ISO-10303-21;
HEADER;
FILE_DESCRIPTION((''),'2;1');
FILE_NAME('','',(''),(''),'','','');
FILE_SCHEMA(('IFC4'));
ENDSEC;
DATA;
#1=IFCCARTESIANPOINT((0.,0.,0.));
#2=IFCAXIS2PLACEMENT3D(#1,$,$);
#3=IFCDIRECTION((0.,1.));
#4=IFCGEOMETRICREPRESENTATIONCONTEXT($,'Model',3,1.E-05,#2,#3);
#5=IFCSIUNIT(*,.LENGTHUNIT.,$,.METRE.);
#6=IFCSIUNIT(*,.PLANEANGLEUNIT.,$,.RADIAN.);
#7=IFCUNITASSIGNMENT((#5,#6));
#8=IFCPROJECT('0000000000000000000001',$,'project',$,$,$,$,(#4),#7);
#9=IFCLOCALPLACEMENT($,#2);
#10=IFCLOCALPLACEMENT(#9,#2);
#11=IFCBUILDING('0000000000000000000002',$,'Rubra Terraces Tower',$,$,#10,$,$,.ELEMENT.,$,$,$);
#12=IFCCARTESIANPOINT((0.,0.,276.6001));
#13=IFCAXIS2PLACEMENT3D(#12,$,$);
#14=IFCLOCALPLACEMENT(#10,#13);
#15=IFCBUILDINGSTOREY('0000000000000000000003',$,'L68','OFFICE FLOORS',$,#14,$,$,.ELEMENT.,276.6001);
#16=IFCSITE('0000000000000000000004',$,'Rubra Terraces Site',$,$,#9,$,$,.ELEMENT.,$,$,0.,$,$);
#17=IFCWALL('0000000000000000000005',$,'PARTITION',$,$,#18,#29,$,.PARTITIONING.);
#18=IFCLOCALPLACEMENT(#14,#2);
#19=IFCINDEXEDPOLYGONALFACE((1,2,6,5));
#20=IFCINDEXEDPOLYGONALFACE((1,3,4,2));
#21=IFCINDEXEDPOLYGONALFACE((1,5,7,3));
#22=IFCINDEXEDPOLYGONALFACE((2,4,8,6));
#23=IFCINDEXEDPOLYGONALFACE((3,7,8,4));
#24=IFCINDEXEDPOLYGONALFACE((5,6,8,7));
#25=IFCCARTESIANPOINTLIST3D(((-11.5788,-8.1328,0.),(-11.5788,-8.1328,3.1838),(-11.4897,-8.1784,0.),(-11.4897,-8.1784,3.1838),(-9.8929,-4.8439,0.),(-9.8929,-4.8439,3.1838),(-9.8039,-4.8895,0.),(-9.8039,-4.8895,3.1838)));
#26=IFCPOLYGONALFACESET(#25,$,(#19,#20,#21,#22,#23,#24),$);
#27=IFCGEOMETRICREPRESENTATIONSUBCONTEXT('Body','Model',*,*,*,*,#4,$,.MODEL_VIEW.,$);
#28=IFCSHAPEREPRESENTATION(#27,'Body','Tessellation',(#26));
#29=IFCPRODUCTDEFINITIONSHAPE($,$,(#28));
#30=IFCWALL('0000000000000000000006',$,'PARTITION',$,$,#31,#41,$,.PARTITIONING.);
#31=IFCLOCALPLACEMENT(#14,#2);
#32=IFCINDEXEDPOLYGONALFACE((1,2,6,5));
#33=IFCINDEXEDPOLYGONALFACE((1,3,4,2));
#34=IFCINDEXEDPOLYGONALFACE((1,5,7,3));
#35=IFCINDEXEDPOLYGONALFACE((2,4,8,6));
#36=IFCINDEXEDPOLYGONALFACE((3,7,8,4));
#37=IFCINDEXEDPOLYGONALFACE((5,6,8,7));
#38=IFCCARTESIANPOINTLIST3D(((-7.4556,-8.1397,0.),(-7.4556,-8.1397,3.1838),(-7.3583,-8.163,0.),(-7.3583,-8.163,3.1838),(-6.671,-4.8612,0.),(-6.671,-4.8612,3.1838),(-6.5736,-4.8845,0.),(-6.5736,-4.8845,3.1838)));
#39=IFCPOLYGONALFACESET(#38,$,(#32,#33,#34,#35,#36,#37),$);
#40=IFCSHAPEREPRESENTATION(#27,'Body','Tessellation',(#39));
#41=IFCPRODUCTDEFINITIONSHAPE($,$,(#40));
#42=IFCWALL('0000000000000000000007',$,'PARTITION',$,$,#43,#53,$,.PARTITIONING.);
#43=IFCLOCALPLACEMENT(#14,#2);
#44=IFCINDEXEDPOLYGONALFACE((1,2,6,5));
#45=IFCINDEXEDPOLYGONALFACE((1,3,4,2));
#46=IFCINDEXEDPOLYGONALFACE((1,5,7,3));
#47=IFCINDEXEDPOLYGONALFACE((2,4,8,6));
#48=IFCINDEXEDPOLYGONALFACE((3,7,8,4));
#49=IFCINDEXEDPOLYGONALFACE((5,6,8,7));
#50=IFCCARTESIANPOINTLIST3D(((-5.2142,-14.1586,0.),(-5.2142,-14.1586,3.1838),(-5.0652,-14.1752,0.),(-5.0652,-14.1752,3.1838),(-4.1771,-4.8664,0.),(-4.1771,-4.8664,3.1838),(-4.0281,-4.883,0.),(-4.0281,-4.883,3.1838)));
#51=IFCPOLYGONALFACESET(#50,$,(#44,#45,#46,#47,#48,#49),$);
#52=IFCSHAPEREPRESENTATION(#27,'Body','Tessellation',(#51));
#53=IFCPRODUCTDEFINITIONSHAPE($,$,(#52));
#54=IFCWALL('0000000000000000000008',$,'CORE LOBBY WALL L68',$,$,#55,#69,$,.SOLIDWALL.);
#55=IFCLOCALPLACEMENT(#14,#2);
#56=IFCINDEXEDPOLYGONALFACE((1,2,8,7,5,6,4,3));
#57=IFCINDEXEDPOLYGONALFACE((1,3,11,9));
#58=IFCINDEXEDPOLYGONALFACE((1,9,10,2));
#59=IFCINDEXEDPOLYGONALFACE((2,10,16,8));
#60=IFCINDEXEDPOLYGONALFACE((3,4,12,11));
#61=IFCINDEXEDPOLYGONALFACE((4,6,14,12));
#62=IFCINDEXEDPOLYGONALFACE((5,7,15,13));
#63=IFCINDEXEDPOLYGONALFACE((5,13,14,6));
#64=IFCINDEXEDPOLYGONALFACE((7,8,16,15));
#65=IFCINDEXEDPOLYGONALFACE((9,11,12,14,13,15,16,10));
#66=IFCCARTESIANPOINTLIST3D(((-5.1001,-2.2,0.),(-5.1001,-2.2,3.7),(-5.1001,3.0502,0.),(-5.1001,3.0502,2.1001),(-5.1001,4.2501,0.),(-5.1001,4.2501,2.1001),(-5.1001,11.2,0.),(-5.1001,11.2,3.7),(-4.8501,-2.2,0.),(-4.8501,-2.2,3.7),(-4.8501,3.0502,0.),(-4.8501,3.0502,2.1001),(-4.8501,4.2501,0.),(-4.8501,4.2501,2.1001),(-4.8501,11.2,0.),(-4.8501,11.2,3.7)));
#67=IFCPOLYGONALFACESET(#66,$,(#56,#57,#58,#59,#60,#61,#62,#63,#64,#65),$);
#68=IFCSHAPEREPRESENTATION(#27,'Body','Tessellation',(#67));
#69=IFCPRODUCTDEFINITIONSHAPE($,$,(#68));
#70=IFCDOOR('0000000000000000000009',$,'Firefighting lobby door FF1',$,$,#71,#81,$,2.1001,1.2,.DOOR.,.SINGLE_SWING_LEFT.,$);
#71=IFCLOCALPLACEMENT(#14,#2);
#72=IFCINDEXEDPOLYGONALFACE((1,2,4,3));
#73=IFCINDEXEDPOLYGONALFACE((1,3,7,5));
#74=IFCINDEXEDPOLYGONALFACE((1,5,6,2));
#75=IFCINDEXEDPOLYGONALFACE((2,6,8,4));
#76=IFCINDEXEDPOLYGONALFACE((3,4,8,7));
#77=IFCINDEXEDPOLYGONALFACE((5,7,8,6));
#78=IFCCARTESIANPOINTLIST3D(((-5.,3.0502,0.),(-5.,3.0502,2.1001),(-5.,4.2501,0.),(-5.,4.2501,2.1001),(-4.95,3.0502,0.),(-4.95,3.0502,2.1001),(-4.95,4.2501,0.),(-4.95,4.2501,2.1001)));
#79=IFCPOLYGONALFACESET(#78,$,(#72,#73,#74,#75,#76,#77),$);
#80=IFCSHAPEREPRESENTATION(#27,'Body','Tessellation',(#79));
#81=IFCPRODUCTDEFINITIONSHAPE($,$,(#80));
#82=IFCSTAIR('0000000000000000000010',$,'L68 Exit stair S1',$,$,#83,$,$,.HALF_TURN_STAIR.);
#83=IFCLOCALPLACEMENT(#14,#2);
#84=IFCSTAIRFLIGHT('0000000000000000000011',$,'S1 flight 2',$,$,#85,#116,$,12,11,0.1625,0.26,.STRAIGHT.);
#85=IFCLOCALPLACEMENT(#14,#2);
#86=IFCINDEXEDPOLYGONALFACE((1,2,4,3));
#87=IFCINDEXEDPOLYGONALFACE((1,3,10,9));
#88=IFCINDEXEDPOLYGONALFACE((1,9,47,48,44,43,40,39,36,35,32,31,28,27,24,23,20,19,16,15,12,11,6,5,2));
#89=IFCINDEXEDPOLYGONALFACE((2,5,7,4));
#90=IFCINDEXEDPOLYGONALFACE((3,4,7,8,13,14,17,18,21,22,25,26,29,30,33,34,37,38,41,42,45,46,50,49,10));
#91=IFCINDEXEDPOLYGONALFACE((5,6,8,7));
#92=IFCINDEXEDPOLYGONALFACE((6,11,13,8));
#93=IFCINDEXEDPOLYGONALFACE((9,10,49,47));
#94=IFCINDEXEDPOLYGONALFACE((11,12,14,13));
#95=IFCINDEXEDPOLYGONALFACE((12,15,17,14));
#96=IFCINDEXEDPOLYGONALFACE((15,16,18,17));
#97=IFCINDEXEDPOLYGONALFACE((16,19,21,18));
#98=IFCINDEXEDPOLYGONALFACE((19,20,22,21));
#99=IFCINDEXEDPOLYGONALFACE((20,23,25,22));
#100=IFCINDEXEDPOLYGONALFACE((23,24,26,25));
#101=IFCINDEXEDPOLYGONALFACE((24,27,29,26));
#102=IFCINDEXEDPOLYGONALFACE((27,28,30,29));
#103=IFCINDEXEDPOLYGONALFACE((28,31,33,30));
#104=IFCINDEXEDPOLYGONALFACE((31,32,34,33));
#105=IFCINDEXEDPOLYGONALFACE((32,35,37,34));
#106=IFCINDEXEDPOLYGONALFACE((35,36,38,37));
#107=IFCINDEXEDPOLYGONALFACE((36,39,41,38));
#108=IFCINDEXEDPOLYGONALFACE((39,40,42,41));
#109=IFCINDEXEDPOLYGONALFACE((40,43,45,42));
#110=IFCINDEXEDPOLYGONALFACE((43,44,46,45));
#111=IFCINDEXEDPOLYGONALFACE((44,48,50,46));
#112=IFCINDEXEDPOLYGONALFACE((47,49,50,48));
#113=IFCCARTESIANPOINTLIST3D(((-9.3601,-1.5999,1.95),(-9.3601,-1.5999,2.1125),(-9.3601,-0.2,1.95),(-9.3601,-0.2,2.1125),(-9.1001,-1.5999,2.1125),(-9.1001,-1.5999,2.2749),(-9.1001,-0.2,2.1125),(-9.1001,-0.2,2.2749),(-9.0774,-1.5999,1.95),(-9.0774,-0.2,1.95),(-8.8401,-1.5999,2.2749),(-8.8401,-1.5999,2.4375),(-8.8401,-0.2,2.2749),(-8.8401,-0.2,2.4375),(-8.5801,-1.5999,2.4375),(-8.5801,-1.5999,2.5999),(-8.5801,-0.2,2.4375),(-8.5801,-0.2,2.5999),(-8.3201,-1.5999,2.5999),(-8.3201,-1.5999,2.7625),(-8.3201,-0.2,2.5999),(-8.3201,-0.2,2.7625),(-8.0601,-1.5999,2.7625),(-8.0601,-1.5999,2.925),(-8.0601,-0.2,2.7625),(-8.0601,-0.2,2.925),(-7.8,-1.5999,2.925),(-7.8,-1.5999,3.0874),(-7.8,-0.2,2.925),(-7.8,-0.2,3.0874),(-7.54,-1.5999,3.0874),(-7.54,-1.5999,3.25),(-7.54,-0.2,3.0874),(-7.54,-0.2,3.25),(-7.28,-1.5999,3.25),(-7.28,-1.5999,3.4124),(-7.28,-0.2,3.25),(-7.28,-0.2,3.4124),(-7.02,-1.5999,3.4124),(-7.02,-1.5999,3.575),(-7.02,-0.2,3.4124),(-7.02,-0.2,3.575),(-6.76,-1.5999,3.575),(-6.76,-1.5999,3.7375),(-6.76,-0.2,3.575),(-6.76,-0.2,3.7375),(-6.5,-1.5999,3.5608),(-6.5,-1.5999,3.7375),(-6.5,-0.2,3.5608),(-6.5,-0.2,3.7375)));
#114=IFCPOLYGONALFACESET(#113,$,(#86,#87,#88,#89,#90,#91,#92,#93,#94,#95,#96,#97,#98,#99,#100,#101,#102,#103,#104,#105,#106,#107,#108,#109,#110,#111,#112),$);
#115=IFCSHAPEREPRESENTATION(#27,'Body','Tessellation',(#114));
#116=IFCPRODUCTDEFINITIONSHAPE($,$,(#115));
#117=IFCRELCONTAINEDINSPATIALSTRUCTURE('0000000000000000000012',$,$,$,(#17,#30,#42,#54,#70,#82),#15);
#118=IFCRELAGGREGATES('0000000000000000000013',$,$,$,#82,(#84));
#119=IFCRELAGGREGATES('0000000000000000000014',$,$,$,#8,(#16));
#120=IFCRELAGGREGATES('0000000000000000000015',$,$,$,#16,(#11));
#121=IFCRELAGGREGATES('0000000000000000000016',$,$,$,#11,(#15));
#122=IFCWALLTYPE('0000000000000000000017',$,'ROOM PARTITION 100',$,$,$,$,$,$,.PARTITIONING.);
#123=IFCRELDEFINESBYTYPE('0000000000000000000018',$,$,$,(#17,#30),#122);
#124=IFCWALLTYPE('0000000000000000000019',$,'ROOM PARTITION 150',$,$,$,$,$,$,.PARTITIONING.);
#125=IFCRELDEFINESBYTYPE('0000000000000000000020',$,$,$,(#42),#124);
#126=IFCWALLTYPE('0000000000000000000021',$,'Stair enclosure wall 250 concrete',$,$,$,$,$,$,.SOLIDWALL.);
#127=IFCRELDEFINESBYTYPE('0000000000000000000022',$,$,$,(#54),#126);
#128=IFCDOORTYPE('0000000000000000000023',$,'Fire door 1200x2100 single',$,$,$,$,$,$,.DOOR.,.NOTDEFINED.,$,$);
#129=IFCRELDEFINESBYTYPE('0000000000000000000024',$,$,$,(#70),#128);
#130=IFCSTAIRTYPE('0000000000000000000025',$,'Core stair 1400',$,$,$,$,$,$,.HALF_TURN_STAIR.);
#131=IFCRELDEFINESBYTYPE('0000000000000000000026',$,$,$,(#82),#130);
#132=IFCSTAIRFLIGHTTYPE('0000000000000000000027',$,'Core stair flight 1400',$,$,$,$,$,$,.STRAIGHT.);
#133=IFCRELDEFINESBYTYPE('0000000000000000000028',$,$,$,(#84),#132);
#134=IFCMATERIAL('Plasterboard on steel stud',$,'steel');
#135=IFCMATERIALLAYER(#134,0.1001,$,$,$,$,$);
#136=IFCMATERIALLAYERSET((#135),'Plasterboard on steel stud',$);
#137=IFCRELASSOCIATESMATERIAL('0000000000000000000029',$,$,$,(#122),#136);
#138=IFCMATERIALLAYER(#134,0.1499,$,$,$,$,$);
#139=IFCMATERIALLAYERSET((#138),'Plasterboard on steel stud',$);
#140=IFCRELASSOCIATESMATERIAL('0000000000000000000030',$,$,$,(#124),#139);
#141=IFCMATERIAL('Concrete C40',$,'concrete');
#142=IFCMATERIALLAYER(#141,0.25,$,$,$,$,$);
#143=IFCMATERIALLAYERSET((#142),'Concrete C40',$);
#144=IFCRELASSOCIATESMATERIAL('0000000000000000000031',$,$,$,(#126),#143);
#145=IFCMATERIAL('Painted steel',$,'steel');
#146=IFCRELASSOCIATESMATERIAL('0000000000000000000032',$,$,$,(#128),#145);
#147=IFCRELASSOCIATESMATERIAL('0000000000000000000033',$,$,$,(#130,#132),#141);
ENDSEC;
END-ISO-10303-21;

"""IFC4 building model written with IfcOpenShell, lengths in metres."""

from ifc_helpers import new_model, si_unit, direction, frame, frame_2d, origin, place, context, subcontext, project, spatial, polyline, rectangle, outline, extrude, material, layer, layer_set, type_object, element, fill, aggregate, save


model = new_model("IFC4")

# Units and contexts
model_context = context("Model", 3, precision=1e-05, world=origin(), true_north=direction((0.0, 1.0)))
body_context = subcontext(model_context, "Body", "Model", "MODEL_VIEW")
ifc_project = project(units=[si_unit("LENGTHUNIT", "METRE"), si_unit("PLANEANGLEUNIT", "RADIAN")], contexts=[model_context])

# Site, building, storey
site_placement = place(None, origin())
site = spatial("IfcSite", under=ifc_project, at=site_placement, Name="Rubra Terraces Site", CompositionType="ELEMENT", RefElevation=0.0)
building_placement = place(site_placement, origin())
building = spatial("IfcBuilding", under=site, at=building_placement, Name="Rubra Terraces Tower", CompositionType="ELEMENT")
storey_placement = place(building_placement, frame((0.0, 0.0, 276.6001)))
storey = spatial("IfcBuildingStorey", under=building, at=storey_placement, Name="L68", Description="OFFICE FLOORS", CompositionType="ELEMENT", Elevation=276.6001)

# Shared definitions
ifc_material_1 = material(Name="Concrete C40", Category="concrete")

# Shared definitions
ifc_material_2 = material(Name="Plasterboard on steel stud", Category="steel")
ifc_layer_1 = layer(ifc_material_2, 0.1001)
ifc_layer_set_1 = layer_set([ifc_layer_1], Name="Plasterboard on steel stud")
wall_type_1 = type_object("IfcWallType", Name="ROOM PARTITION 100", PredefinedType="PARTITIONING", material=ifc_layer_set_1)

# Walls
wall_1_placement = place(storey_placement, frame((-9.8484, -4.8667, 0.0), z_axis=(0.0, 0.0, 1.0), x_axis=(-0.456149, -0.889903, 0.0)))
element("IfcWall", 1, at=wall_1_placement, inside=storey, type_object=wall_type_1, Name="PARTITION", PredefinedType="PARTITIONING", context=body_context, shape_type="SweptSolid", body=[
    extrude(rectangle(XDim=3.6958, YDim=0.1001, at=frame_2d((1.8479, 0.0))), origin(), (0.0, 0.0, 1.0), 3.1838),
])
wall_2_placement = place(storey_placement, frame((-6.6223, -4.8728, 0.0), z_axis=(0.0, 0.0, 1.0), x_axis=(-0.232759, -0.972534, 0.0)))
element("IfcWall", 2, at=wall_2_placement, inside=storey, type_object=wall_type_1, Name="PARTITION", PredefinedType="PARTITIONING", context=body_context, shape_type="SweptSolid", body=[
    extrude(rectangle(XDim=3.3711, YDim=0.1001, at=frame_2d((1.6855, 0.0))), origin(), (0.0, 0.0, 1.0), 3.1838),
])
ifc_layer_2 = layer(ifc_material_2, 0.1499)
ifc_layer_set_2 = layer_set([ifc_layer_2], Name="Plasterboard on steel stud")
wall_type_2 = type_object("IfcWallType", Name="ROOM PARTITION 150", PredefinedType="PARTITIONING", material=ifc_layer_set_2)
wall_3_placement = place(storey_placement, frame((-5.1396, -14.1667, 0.0), z_axis=(0.0, 0.0, 1.0), x_axis=(0.110922, 0.993829, 0.0)))
element("IfcWall", 3, at=wall_3_placement, inside=storey, type_object=wall_type_2, Name="PARTITION", PredefinedType="PARTITIONING", context=body_context, shape_type="SweptSolid", body=[
    extrude(rectangle(XDim=9.3499, YDim=0.1499, at=frame_2d((4.6748, 0.0))), origin(), (0.0, 0.0, 1.0), 3.1838),
])

# Wall, opening, door
ifc_layer_3 = layer(ifc_material_1, 0.25)
ifc_layer_set_3 = layer_set([ifc_layer_3], Name="Concrete C40")
wall_type_3 = type_object("IfcWallType", Name="Stair enclosure wall 250 concrete", PredefinedType="SOLIDWALL", material=ifc_layer_set_3)
wall_4_placement = place(storey_placement, frame((-4.9751, -2.2, 0.0), z_axis=(0.0, 0.0, 1.0), x_axis=(0.0, 1.0, 0.0)))
wall_4 = element("IfcWall", 4, at=wall_4_placement, inside=storey, type_object=wall_type_3, Name="CORE LOBBY WALL L68", PredefinedType="SOLIDWALL", context=body_context, shape_type="SweptSolid", body=[
    extrude(rectangle(XDim=13.3999, YDim=0.25, at=frame_2d((6.7, 0.0))), origin(), (0.0, 0.0, 1.0), 3.7),
])
opening_1_placement = place(wall_4_placement, frame((5.25, 0.0, 0.0)))
opening_1 = element("IfcOpeningElement", 5, at=opening_1_placement, cuts=wall_4, PredefinedType="OPENING", context=body_context, shape_type="SweptSolid", body=[
    extrude(rectangle(XDim=1.2, YDim=2.1001, at=frame_2d((0.6001, 1.05))), frame((0.0, 0.135, 0.0), z_axis=(0.0, -1.0, 0.0), x_axis=(1.0, 0.0, 0.0)), (0.0, 0.0, 1.0), 0.27),
])
ifc_material_3 = material(Name="Painted steel", Category="steel")
door_type_1 = type_object("IfcDoorType", Name="Fire door 1200x2100 single", OperationType="NOTDEFINED", PredefinedType="DOOR", material=ifc_material_3)
door_1_placement = place(opening_1_placement, origin())
door_1 = element("IfcDoor", 6, at=door_1_placement, inside=storey, type_object=door_type_1, Name="Firefighting lobby door FF1", OperationType="SINGLE_SWING_LEFT", OverallHeight=2.1001, OverallWidth=1.2, PredefinedType="DOOR", context=body_context, shape_type="SweptSolid", body=[
    extrude(rectangle(XDim=1.2, YDim=2.1001, at=frame_2d((0.6001, 1.05))), frame((0.0, 0.0249, 0.0), z_axis=(0.0, -1.0, 0.0), x_axis=(1.0, 0.0, 0.0)), (0.0, 0.0, 1.0), 0.05),
])
fill(opening_1, door_1)

# Stair, stair flight
stair_type = type_object("IfcStairType", Name="Core stair 1400", PredefinedType="HALF_TURN_STAIR", material=ifc_material_1)
stair_placement = place(storey_placement, origin())
stair = element("IfcStair", 7, at=stair_placement, inside=storey, type_object=stair_type, Name="L68 Exit stair S1", PredefinedType="HALF_TURN_STAIR")
stair_flight_type = type_object("IfcStairFlightType", Name="Core stair flight 1400", PredefinedType="STRAIGHT", material=ifc_material_1)
stair_flight_placement = place(storey_placement, frame((-9.3601, -0.8999, 1.95), z_axis=(0.0, 0.0, 1.0), x_axis=(1.0, 0.0, 0.0)))
stair_flight = element("IfcStairFlight", 8, at=stair_flight_placement, type_object=stair_flight_type, Name="S1 flight 2", NumberOfRisers=12, NumberOfTreads=11, PredefinedType="STRAIGHT", RiserHeight=0.1625, TreadLength=0.26, context=body_context, shape_type="SweptSolid", body=[
    extrude(outline(polyline([(0.0, 0.0), (0.0, 0.1626), (0.26, 0.1626), (0.26, 0.325), (0.52, 0.325), (0.52, 0.4875), (0.78, 0.4875), (0.78, 0.6499), (1.04, 0.6499), (1.04, 0.8125), (1.3, 0.8125), (1.3, 0.9751), (1.5601, 0.9751), (1.5601, 1.1375), (1.8201, 1.1375), (1.8201, 1.3), (2.0801, 1.3), (2.0801, 1.4624), (2.3401, 1.4624), (2.3401, 1.625), (2.6001, 1.625), (2.6001, 1.7876), (2.8601, 1.7876), (2.8601, 1.95), (2.8601, 1.6108), (0.2827, 0.0), (0.0, 0.0)])), frame((0.0, 0.7, 0.0), z_axis=(0.0, -1.0, 0.0), x_axis=(1.0, 0.0, 0.0)), (0.0, 0.0, 1.0), 1.3999),
])
aggregate(stair, [stair_flight])

save(model, "model.ifc")
